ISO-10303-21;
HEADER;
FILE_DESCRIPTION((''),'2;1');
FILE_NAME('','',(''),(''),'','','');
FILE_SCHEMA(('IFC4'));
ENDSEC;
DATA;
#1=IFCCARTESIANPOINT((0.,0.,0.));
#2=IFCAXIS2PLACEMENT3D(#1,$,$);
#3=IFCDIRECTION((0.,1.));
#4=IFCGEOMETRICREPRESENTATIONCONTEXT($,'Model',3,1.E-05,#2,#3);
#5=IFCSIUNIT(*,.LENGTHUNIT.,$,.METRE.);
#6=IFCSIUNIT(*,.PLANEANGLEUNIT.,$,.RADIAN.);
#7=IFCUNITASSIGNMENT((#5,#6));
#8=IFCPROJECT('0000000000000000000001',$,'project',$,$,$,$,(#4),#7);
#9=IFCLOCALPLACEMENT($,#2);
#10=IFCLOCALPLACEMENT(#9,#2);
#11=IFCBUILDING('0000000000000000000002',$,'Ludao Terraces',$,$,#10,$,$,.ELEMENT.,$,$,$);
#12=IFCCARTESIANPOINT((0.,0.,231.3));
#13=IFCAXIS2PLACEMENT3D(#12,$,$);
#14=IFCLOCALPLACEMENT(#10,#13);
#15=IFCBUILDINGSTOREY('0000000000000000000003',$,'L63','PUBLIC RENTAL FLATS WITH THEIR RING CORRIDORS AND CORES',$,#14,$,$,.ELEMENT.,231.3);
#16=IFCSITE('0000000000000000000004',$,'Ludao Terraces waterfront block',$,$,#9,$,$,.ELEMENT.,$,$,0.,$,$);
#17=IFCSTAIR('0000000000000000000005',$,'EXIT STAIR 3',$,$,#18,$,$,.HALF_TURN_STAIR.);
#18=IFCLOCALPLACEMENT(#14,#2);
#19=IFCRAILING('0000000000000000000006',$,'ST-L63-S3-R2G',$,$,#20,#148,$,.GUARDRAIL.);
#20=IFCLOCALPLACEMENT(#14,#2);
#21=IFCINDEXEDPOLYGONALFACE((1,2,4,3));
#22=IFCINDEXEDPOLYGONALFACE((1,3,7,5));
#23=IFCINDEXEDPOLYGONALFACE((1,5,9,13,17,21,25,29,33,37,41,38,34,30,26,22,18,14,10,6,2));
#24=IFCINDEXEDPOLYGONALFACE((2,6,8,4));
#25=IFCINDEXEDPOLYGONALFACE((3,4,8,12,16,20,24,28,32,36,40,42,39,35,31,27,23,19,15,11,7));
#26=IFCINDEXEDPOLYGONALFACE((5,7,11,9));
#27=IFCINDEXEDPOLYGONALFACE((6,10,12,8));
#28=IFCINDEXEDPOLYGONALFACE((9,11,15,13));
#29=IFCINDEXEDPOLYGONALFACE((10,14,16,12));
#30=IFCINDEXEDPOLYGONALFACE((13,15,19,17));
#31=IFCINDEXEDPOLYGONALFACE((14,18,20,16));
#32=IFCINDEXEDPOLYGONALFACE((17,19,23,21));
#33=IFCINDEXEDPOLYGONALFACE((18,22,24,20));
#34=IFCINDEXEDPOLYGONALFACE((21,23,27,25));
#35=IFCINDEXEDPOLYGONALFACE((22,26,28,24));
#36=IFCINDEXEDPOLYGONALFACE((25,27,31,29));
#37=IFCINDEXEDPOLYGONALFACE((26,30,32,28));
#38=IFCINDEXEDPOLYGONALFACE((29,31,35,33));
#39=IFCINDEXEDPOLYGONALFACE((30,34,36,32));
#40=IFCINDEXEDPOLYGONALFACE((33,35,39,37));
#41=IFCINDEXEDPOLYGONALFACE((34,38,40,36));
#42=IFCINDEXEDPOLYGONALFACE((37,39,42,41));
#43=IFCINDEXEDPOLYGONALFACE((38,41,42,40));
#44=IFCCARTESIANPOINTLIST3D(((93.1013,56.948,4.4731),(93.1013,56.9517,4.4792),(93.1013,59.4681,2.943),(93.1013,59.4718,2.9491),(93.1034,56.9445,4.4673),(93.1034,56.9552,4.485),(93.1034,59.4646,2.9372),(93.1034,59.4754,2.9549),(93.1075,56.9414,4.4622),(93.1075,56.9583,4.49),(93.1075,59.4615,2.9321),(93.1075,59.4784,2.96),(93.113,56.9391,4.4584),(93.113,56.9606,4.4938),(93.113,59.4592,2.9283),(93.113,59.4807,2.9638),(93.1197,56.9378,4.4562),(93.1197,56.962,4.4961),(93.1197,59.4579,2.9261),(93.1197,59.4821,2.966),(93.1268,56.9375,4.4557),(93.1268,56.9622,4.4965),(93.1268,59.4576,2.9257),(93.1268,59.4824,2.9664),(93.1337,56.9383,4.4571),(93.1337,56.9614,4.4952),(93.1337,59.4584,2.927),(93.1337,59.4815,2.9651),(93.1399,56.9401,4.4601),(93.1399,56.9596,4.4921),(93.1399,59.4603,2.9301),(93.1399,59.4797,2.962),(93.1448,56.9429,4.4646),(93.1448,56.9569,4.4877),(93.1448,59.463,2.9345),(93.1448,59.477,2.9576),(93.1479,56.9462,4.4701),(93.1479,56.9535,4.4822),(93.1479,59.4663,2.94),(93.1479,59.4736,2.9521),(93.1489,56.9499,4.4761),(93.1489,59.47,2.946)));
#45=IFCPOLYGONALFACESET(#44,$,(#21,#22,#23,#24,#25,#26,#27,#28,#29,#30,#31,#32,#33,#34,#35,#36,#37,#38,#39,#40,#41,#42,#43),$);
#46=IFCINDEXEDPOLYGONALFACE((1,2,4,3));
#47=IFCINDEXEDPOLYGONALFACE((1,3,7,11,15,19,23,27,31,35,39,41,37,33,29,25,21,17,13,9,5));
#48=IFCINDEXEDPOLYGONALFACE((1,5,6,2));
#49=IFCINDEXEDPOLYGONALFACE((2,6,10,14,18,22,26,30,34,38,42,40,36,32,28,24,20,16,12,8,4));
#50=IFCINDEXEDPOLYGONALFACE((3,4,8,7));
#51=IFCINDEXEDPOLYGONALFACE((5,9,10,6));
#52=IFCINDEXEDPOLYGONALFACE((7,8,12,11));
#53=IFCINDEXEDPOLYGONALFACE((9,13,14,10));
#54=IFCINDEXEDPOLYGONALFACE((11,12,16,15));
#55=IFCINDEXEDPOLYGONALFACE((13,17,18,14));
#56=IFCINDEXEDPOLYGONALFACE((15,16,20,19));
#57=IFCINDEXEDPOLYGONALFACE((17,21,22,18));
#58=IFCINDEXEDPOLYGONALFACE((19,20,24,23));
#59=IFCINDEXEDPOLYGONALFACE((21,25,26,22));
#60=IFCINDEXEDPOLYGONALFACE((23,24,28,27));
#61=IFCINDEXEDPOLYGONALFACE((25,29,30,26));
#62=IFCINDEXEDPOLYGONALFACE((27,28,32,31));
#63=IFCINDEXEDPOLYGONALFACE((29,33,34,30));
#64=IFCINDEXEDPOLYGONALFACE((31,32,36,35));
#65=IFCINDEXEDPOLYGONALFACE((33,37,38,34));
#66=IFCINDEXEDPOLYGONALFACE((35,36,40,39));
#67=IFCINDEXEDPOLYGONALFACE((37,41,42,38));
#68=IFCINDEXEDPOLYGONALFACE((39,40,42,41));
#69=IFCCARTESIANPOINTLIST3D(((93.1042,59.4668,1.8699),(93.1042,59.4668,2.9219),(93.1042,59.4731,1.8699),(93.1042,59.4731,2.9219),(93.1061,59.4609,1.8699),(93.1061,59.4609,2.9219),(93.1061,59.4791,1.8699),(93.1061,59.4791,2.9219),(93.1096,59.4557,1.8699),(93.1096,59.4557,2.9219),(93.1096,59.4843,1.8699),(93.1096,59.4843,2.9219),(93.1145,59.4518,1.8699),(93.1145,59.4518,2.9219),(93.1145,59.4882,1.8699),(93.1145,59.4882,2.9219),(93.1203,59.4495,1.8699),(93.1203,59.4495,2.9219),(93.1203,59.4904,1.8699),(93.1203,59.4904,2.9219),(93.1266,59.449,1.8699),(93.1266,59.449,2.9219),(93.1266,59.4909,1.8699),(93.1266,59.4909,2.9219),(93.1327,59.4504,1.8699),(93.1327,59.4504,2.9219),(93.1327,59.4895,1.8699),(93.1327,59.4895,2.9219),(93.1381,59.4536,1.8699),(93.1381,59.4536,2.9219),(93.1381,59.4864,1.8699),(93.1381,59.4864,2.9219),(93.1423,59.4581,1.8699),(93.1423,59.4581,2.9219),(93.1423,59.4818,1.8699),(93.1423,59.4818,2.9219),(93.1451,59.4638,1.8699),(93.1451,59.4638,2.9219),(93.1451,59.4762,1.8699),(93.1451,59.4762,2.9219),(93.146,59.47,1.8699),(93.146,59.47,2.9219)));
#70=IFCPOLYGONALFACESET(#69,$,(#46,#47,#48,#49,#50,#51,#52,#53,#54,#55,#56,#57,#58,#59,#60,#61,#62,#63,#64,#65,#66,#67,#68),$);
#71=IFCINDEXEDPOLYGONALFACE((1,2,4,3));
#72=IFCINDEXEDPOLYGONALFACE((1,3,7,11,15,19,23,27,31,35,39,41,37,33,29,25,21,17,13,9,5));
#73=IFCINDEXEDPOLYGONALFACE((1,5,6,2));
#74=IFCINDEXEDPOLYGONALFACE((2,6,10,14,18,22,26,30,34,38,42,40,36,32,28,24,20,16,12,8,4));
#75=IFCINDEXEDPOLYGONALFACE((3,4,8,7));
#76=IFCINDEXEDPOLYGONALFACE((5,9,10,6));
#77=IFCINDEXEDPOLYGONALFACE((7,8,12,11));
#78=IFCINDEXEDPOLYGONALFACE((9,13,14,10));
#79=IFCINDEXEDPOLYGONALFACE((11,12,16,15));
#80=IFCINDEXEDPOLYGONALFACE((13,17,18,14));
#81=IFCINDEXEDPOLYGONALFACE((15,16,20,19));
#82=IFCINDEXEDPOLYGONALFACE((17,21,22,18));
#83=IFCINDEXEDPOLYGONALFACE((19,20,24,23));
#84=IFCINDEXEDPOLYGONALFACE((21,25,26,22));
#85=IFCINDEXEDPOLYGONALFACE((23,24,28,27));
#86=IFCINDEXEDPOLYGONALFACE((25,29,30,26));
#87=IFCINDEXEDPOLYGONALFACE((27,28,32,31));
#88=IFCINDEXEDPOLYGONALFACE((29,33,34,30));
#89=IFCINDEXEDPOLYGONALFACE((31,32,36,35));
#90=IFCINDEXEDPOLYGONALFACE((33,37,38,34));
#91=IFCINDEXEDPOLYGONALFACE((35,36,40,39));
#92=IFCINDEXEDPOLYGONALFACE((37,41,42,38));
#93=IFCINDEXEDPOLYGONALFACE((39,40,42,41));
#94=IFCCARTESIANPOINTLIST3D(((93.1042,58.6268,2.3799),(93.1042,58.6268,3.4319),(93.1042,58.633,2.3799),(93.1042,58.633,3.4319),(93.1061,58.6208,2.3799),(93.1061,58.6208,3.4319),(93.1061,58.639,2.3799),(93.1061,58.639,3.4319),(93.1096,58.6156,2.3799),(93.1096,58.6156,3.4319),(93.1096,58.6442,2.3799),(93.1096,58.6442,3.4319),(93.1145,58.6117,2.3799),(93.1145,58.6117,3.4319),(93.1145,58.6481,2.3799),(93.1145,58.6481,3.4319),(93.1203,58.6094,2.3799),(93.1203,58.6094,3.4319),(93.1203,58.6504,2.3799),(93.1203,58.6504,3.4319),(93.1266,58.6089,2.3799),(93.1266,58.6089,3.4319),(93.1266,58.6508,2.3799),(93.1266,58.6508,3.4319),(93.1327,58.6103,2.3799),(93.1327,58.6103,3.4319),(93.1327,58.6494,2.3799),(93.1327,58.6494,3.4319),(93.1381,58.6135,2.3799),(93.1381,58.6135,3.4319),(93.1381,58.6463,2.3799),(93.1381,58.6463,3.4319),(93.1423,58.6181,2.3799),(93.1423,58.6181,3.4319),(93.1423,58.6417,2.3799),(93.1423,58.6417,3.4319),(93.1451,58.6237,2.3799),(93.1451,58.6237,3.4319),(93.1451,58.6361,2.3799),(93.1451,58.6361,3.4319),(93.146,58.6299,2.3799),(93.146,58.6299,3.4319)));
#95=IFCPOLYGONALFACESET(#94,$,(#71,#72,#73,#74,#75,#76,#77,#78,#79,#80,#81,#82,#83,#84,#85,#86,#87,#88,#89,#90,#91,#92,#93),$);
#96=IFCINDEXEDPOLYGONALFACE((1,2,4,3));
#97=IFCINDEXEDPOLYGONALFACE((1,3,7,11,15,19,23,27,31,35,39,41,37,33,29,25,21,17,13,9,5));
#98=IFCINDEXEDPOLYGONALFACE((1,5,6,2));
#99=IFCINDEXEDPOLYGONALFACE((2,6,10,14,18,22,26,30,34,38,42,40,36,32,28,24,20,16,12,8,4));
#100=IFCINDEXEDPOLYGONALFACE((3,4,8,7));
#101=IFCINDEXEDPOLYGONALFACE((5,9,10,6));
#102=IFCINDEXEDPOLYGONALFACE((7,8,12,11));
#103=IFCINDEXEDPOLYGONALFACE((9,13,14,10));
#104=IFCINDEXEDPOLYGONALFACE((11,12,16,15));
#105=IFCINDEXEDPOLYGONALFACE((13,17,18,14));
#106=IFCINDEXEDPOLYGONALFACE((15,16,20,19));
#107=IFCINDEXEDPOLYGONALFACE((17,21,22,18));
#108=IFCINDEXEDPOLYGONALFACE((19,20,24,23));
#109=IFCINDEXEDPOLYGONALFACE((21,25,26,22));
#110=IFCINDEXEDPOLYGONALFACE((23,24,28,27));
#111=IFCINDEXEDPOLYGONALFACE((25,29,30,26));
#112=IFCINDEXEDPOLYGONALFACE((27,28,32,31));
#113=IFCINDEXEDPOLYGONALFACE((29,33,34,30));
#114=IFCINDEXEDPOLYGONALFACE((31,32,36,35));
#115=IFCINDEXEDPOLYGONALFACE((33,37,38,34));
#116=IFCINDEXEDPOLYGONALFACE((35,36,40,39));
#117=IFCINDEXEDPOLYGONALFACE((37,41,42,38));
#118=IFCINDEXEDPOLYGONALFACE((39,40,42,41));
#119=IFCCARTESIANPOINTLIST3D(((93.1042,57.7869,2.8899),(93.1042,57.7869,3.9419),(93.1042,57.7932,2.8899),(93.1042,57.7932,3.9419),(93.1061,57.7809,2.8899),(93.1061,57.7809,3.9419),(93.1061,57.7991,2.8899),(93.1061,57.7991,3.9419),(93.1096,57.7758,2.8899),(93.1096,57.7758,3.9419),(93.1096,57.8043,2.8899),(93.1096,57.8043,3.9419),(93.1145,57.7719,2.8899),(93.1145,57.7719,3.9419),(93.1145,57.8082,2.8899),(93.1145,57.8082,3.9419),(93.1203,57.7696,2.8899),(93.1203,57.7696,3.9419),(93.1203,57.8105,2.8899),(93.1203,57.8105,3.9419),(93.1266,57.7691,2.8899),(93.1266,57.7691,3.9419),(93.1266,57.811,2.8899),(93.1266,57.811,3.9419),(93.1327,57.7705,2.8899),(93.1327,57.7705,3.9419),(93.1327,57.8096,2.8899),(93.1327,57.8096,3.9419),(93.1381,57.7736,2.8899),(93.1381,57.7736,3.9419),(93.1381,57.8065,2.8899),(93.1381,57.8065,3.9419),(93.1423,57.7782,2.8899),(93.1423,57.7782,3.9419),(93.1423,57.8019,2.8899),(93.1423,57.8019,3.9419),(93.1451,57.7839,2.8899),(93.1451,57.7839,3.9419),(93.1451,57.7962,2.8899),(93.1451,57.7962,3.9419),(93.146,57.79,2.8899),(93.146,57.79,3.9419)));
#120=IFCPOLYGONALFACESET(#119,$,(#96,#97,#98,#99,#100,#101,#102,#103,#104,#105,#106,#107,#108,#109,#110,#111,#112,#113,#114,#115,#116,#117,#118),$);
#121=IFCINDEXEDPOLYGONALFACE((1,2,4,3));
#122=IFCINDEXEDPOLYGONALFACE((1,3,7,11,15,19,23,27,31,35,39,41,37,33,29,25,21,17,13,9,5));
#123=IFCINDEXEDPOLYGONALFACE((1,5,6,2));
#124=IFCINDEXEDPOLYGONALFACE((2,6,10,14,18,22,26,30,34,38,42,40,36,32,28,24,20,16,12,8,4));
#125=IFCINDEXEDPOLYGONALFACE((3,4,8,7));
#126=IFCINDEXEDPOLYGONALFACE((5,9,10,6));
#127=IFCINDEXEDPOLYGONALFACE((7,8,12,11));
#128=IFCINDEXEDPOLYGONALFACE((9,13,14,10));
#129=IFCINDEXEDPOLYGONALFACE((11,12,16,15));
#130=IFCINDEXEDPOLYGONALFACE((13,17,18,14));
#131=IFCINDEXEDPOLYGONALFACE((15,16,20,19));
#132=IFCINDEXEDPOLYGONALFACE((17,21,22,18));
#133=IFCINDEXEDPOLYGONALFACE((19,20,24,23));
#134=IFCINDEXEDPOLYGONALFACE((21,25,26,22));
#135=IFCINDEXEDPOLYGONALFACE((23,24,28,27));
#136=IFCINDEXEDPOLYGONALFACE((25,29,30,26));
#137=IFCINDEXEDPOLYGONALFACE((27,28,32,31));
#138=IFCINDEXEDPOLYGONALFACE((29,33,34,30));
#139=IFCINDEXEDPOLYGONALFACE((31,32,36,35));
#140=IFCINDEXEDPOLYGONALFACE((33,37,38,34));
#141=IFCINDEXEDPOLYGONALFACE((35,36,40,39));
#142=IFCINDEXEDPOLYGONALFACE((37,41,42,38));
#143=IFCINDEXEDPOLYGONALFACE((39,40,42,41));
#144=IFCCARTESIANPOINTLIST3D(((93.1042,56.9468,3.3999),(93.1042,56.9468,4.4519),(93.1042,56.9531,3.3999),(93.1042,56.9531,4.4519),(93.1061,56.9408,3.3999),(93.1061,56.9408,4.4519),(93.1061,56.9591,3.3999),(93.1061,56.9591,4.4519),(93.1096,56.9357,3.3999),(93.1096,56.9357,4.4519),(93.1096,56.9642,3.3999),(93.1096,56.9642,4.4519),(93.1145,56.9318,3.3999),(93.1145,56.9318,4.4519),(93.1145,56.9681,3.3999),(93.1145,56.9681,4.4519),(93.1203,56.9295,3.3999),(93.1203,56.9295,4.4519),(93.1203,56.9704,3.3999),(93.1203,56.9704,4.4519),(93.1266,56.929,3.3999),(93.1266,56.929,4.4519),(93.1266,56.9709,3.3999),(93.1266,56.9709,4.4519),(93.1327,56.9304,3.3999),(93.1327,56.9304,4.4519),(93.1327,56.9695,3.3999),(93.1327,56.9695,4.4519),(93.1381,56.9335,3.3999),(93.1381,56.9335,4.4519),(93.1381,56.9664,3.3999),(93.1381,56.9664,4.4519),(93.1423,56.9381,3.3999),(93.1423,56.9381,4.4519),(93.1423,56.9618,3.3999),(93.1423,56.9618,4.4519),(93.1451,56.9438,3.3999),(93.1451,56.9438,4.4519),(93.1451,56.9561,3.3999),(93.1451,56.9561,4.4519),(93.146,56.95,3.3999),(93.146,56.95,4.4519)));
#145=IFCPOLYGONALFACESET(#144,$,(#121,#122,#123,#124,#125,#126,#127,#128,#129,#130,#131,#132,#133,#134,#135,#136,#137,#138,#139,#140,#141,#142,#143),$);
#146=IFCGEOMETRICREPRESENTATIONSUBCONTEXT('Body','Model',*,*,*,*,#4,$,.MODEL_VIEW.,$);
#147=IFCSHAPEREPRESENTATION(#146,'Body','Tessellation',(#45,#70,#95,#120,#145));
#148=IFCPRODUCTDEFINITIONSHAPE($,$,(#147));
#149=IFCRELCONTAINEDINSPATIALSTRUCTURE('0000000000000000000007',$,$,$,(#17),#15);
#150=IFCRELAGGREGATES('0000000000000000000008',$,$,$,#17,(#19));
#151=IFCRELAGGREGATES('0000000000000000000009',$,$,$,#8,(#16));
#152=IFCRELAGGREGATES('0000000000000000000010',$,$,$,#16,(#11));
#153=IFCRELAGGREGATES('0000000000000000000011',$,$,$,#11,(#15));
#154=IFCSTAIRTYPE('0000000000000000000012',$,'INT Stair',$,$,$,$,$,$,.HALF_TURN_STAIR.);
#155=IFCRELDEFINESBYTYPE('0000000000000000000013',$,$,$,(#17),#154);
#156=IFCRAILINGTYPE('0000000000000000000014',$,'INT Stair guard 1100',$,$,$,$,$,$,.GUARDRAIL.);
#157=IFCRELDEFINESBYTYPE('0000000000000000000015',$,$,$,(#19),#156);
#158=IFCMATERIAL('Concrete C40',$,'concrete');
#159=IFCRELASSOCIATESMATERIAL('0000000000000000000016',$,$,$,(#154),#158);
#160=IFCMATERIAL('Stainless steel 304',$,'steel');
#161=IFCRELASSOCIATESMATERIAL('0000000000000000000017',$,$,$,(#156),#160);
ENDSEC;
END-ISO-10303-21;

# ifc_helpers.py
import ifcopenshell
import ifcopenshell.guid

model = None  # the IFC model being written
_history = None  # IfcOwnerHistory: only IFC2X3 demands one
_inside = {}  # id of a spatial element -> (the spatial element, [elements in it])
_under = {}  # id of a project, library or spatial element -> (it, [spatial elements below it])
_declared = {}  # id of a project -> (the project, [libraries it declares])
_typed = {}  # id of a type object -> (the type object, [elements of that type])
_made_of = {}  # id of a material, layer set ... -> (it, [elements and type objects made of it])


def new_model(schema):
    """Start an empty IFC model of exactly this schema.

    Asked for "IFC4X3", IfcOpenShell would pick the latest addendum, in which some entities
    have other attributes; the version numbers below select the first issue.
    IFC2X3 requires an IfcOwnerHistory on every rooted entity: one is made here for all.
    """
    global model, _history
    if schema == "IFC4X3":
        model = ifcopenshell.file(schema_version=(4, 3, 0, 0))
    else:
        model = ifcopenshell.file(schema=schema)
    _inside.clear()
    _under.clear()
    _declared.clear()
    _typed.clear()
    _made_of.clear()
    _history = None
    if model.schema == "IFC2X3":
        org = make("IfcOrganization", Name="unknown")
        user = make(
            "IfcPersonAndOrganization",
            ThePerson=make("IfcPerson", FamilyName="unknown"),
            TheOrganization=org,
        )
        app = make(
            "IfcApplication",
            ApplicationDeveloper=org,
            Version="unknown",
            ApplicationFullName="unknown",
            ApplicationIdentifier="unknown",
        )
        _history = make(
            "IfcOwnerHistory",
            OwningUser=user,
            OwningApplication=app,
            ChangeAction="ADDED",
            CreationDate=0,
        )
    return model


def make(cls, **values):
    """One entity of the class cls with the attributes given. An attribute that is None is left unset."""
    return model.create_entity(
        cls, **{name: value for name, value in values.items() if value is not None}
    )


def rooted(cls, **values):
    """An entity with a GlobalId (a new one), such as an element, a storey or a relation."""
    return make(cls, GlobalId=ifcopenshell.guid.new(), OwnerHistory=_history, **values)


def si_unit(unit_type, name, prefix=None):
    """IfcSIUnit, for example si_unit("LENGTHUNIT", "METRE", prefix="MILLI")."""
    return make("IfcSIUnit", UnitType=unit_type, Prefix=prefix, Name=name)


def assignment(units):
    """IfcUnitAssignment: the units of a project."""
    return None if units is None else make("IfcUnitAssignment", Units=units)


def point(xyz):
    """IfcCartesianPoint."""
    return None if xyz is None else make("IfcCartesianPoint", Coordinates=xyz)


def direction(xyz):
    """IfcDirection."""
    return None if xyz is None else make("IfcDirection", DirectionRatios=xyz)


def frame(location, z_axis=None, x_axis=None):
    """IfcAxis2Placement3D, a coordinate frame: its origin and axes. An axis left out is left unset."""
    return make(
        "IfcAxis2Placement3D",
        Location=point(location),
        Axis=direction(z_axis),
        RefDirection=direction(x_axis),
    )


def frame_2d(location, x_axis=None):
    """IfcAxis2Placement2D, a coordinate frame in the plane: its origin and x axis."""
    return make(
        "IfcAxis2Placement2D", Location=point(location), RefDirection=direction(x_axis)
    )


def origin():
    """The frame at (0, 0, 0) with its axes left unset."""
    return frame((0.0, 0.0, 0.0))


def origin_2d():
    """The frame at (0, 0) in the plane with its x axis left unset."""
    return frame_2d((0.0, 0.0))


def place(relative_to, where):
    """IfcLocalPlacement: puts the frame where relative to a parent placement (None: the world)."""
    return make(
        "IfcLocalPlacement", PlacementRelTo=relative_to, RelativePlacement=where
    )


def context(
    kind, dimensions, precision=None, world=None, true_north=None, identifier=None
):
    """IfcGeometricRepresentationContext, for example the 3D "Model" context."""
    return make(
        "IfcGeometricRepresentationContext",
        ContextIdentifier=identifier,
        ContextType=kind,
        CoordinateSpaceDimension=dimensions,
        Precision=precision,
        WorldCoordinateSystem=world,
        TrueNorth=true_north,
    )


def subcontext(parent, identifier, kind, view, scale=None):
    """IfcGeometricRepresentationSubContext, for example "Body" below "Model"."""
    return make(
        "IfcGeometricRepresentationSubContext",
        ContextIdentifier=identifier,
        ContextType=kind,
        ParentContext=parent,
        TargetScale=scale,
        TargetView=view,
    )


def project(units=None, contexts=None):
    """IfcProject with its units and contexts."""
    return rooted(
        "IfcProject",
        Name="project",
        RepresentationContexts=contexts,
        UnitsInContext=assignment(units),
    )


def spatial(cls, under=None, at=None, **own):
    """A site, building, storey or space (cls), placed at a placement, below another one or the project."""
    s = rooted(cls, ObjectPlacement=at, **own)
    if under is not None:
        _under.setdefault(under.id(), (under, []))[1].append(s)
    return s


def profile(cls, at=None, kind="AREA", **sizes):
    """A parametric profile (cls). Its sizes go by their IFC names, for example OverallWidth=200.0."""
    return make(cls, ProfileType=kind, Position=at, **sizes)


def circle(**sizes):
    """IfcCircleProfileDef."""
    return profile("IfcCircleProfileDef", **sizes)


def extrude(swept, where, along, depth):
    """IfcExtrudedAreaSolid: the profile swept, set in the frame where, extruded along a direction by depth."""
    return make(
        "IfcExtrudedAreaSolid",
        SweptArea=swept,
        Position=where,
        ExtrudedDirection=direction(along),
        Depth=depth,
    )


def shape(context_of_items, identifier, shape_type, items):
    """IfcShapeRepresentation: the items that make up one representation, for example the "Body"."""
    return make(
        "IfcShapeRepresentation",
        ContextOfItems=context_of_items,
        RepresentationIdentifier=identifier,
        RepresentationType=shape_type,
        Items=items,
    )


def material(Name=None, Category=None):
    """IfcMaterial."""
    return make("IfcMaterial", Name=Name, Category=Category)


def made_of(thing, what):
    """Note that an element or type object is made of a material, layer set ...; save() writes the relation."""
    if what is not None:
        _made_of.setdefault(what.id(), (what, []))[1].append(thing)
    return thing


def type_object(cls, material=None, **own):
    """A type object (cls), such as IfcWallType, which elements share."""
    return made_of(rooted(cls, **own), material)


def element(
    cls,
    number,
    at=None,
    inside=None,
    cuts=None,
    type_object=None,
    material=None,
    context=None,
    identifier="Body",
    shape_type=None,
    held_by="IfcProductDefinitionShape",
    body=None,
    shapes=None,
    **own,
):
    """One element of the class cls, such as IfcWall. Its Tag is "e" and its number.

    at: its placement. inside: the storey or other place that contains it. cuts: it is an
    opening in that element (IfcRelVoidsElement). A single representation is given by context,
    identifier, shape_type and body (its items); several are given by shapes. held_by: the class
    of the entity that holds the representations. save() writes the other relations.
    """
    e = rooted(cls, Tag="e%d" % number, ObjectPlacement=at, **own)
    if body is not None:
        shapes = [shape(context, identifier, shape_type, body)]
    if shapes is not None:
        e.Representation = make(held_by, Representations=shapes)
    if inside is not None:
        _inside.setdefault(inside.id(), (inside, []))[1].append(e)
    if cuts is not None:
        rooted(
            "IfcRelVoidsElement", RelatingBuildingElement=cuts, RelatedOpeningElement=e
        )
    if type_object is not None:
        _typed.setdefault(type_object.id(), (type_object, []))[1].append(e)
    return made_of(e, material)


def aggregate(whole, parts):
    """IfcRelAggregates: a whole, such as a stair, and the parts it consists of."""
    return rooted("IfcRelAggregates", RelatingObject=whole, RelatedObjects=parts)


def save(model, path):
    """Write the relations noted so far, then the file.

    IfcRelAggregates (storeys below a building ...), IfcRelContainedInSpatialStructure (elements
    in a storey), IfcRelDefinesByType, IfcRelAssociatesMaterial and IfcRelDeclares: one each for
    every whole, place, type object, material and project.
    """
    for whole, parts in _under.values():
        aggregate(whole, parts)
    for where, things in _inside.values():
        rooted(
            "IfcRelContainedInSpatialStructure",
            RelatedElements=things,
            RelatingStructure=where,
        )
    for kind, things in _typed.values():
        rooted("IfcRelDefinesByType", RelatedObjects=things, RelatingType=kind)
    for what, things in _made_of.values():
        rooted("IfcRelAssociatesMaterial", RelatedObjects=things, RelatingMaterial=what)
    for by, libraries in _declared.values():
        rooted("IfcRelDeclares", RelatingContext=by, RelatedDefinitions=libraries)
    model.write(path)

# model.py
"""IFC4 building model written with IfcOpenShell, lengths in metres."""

from ifc_helpers import new_model, si_unit, direction, frame, origin, origin_2d, place, context, subcontext, project, spatial, circle, extrude, material, type_object, element, aggregate, save


model = new_model("IFC4")

# Units and contexts
model_context = context("Model", 3, precision=1e-05, world=origin(), true_north=direction((0.0, 1.0)))
body_context = subcontext(model_context, "Body", "Model", "MODEL_VIEW")
ifc_project = project(units=[si_unit("LENGTHUNIT", "METRE"), si_unit("PLANEANGLEUNIT", "RADIAN")], contexts=[model_context])

# Site, building, storey
site_placement = place(None, origin())
site = spatial("IfcSite", under=ifc_project, at=site_placement, Name="Ludao Terraces waterfront block", CompositionType="ELEMENT", RefElevation=0.0)
building_placement = place(site_placement, origin())
building = spatial("IfcBuilding", under=site, at=building_placement, Name="Ludao Terraces", CompositionType="ELEMENT")
storey_placement = place(building_placement, frame((0.0, 0.0, 231.3)))
storey = spatial("IfcBuildingStorey", under=building, at=storey_placement, Name="L63", Description="PUBLIC RENTAL FLATS WITH THEIR RING CORRIDORS AND CORES", CompositionType="ELEMENT", Elevation=231.3)

# Shared definitions
ifc_material_1 = material(Name="Concrete C40", Category="concrete")

# Stair, railing
stair_type = type_object("IfcStairType", Name="INT Stair", PredefinedType="HALF_TURN_STAIR", material=ifc_material_1)
stair_placement = place(storey_placement, origin())
stair = element("IfcStair", 1, at=stair_placement, inside=storey, type_object=stair_type, Name="EXIT STAIR 3", PredefinedType="HALF_TURN_STAIR")
ifc_material_2 = material(Name="Stainless steel 304", Category="steel")
railing_type_1 = type_object("IfcRailingType", Name="INT Stair guard 1100", PredefinedType="GUARDRAIL", material=ifc_material_2)
railing_1_placement = place(storey_placement, frame((93.125, 59.47, 1.8699)))
railing_1 = element("IfcRailing", 2, at=railing_1_placement, type_object=railing_type_1, Name="ST-L63-S3-R2G", PredefinedType="GUARDRAIL", context=body_context, shape_type="SweptSolid", body=[
    extrude(circle(Radius=0.0239, at=origin_2d()), frame((0.0, 0.0, 1.0762), z_axis=(0.0, -0.854785, 0.518982), x_axis=(1.0, 0.0, 0.0)), (0.0, 0.0, 1.0), 2.9482),
    extrude(circle(Radius=0.021, at=origin_2d()), origin(), (0.0, 0.0, 1.0), 1.052),
    extrude(circle(Radius=0.021, at=origin_2d()), frame((0.0, -0.8401, 0.51)), (0.0, 0.0, 1.0), 1.052),
    extrude(circle(Radius=0.021, at=origin_2d()), frame((0.0, -1.6799, 1.02)), (0.0, 0.0, 1.0), 1.052),
    extrude(circle(Radius=0.021, at=origin_2d()), frame((0.0, -2.52, 1.53)), (0.0, 0.0, 1.0), 1.052),
])
aggregate(stair, [railing_1])

save(model, "model.ifc")
